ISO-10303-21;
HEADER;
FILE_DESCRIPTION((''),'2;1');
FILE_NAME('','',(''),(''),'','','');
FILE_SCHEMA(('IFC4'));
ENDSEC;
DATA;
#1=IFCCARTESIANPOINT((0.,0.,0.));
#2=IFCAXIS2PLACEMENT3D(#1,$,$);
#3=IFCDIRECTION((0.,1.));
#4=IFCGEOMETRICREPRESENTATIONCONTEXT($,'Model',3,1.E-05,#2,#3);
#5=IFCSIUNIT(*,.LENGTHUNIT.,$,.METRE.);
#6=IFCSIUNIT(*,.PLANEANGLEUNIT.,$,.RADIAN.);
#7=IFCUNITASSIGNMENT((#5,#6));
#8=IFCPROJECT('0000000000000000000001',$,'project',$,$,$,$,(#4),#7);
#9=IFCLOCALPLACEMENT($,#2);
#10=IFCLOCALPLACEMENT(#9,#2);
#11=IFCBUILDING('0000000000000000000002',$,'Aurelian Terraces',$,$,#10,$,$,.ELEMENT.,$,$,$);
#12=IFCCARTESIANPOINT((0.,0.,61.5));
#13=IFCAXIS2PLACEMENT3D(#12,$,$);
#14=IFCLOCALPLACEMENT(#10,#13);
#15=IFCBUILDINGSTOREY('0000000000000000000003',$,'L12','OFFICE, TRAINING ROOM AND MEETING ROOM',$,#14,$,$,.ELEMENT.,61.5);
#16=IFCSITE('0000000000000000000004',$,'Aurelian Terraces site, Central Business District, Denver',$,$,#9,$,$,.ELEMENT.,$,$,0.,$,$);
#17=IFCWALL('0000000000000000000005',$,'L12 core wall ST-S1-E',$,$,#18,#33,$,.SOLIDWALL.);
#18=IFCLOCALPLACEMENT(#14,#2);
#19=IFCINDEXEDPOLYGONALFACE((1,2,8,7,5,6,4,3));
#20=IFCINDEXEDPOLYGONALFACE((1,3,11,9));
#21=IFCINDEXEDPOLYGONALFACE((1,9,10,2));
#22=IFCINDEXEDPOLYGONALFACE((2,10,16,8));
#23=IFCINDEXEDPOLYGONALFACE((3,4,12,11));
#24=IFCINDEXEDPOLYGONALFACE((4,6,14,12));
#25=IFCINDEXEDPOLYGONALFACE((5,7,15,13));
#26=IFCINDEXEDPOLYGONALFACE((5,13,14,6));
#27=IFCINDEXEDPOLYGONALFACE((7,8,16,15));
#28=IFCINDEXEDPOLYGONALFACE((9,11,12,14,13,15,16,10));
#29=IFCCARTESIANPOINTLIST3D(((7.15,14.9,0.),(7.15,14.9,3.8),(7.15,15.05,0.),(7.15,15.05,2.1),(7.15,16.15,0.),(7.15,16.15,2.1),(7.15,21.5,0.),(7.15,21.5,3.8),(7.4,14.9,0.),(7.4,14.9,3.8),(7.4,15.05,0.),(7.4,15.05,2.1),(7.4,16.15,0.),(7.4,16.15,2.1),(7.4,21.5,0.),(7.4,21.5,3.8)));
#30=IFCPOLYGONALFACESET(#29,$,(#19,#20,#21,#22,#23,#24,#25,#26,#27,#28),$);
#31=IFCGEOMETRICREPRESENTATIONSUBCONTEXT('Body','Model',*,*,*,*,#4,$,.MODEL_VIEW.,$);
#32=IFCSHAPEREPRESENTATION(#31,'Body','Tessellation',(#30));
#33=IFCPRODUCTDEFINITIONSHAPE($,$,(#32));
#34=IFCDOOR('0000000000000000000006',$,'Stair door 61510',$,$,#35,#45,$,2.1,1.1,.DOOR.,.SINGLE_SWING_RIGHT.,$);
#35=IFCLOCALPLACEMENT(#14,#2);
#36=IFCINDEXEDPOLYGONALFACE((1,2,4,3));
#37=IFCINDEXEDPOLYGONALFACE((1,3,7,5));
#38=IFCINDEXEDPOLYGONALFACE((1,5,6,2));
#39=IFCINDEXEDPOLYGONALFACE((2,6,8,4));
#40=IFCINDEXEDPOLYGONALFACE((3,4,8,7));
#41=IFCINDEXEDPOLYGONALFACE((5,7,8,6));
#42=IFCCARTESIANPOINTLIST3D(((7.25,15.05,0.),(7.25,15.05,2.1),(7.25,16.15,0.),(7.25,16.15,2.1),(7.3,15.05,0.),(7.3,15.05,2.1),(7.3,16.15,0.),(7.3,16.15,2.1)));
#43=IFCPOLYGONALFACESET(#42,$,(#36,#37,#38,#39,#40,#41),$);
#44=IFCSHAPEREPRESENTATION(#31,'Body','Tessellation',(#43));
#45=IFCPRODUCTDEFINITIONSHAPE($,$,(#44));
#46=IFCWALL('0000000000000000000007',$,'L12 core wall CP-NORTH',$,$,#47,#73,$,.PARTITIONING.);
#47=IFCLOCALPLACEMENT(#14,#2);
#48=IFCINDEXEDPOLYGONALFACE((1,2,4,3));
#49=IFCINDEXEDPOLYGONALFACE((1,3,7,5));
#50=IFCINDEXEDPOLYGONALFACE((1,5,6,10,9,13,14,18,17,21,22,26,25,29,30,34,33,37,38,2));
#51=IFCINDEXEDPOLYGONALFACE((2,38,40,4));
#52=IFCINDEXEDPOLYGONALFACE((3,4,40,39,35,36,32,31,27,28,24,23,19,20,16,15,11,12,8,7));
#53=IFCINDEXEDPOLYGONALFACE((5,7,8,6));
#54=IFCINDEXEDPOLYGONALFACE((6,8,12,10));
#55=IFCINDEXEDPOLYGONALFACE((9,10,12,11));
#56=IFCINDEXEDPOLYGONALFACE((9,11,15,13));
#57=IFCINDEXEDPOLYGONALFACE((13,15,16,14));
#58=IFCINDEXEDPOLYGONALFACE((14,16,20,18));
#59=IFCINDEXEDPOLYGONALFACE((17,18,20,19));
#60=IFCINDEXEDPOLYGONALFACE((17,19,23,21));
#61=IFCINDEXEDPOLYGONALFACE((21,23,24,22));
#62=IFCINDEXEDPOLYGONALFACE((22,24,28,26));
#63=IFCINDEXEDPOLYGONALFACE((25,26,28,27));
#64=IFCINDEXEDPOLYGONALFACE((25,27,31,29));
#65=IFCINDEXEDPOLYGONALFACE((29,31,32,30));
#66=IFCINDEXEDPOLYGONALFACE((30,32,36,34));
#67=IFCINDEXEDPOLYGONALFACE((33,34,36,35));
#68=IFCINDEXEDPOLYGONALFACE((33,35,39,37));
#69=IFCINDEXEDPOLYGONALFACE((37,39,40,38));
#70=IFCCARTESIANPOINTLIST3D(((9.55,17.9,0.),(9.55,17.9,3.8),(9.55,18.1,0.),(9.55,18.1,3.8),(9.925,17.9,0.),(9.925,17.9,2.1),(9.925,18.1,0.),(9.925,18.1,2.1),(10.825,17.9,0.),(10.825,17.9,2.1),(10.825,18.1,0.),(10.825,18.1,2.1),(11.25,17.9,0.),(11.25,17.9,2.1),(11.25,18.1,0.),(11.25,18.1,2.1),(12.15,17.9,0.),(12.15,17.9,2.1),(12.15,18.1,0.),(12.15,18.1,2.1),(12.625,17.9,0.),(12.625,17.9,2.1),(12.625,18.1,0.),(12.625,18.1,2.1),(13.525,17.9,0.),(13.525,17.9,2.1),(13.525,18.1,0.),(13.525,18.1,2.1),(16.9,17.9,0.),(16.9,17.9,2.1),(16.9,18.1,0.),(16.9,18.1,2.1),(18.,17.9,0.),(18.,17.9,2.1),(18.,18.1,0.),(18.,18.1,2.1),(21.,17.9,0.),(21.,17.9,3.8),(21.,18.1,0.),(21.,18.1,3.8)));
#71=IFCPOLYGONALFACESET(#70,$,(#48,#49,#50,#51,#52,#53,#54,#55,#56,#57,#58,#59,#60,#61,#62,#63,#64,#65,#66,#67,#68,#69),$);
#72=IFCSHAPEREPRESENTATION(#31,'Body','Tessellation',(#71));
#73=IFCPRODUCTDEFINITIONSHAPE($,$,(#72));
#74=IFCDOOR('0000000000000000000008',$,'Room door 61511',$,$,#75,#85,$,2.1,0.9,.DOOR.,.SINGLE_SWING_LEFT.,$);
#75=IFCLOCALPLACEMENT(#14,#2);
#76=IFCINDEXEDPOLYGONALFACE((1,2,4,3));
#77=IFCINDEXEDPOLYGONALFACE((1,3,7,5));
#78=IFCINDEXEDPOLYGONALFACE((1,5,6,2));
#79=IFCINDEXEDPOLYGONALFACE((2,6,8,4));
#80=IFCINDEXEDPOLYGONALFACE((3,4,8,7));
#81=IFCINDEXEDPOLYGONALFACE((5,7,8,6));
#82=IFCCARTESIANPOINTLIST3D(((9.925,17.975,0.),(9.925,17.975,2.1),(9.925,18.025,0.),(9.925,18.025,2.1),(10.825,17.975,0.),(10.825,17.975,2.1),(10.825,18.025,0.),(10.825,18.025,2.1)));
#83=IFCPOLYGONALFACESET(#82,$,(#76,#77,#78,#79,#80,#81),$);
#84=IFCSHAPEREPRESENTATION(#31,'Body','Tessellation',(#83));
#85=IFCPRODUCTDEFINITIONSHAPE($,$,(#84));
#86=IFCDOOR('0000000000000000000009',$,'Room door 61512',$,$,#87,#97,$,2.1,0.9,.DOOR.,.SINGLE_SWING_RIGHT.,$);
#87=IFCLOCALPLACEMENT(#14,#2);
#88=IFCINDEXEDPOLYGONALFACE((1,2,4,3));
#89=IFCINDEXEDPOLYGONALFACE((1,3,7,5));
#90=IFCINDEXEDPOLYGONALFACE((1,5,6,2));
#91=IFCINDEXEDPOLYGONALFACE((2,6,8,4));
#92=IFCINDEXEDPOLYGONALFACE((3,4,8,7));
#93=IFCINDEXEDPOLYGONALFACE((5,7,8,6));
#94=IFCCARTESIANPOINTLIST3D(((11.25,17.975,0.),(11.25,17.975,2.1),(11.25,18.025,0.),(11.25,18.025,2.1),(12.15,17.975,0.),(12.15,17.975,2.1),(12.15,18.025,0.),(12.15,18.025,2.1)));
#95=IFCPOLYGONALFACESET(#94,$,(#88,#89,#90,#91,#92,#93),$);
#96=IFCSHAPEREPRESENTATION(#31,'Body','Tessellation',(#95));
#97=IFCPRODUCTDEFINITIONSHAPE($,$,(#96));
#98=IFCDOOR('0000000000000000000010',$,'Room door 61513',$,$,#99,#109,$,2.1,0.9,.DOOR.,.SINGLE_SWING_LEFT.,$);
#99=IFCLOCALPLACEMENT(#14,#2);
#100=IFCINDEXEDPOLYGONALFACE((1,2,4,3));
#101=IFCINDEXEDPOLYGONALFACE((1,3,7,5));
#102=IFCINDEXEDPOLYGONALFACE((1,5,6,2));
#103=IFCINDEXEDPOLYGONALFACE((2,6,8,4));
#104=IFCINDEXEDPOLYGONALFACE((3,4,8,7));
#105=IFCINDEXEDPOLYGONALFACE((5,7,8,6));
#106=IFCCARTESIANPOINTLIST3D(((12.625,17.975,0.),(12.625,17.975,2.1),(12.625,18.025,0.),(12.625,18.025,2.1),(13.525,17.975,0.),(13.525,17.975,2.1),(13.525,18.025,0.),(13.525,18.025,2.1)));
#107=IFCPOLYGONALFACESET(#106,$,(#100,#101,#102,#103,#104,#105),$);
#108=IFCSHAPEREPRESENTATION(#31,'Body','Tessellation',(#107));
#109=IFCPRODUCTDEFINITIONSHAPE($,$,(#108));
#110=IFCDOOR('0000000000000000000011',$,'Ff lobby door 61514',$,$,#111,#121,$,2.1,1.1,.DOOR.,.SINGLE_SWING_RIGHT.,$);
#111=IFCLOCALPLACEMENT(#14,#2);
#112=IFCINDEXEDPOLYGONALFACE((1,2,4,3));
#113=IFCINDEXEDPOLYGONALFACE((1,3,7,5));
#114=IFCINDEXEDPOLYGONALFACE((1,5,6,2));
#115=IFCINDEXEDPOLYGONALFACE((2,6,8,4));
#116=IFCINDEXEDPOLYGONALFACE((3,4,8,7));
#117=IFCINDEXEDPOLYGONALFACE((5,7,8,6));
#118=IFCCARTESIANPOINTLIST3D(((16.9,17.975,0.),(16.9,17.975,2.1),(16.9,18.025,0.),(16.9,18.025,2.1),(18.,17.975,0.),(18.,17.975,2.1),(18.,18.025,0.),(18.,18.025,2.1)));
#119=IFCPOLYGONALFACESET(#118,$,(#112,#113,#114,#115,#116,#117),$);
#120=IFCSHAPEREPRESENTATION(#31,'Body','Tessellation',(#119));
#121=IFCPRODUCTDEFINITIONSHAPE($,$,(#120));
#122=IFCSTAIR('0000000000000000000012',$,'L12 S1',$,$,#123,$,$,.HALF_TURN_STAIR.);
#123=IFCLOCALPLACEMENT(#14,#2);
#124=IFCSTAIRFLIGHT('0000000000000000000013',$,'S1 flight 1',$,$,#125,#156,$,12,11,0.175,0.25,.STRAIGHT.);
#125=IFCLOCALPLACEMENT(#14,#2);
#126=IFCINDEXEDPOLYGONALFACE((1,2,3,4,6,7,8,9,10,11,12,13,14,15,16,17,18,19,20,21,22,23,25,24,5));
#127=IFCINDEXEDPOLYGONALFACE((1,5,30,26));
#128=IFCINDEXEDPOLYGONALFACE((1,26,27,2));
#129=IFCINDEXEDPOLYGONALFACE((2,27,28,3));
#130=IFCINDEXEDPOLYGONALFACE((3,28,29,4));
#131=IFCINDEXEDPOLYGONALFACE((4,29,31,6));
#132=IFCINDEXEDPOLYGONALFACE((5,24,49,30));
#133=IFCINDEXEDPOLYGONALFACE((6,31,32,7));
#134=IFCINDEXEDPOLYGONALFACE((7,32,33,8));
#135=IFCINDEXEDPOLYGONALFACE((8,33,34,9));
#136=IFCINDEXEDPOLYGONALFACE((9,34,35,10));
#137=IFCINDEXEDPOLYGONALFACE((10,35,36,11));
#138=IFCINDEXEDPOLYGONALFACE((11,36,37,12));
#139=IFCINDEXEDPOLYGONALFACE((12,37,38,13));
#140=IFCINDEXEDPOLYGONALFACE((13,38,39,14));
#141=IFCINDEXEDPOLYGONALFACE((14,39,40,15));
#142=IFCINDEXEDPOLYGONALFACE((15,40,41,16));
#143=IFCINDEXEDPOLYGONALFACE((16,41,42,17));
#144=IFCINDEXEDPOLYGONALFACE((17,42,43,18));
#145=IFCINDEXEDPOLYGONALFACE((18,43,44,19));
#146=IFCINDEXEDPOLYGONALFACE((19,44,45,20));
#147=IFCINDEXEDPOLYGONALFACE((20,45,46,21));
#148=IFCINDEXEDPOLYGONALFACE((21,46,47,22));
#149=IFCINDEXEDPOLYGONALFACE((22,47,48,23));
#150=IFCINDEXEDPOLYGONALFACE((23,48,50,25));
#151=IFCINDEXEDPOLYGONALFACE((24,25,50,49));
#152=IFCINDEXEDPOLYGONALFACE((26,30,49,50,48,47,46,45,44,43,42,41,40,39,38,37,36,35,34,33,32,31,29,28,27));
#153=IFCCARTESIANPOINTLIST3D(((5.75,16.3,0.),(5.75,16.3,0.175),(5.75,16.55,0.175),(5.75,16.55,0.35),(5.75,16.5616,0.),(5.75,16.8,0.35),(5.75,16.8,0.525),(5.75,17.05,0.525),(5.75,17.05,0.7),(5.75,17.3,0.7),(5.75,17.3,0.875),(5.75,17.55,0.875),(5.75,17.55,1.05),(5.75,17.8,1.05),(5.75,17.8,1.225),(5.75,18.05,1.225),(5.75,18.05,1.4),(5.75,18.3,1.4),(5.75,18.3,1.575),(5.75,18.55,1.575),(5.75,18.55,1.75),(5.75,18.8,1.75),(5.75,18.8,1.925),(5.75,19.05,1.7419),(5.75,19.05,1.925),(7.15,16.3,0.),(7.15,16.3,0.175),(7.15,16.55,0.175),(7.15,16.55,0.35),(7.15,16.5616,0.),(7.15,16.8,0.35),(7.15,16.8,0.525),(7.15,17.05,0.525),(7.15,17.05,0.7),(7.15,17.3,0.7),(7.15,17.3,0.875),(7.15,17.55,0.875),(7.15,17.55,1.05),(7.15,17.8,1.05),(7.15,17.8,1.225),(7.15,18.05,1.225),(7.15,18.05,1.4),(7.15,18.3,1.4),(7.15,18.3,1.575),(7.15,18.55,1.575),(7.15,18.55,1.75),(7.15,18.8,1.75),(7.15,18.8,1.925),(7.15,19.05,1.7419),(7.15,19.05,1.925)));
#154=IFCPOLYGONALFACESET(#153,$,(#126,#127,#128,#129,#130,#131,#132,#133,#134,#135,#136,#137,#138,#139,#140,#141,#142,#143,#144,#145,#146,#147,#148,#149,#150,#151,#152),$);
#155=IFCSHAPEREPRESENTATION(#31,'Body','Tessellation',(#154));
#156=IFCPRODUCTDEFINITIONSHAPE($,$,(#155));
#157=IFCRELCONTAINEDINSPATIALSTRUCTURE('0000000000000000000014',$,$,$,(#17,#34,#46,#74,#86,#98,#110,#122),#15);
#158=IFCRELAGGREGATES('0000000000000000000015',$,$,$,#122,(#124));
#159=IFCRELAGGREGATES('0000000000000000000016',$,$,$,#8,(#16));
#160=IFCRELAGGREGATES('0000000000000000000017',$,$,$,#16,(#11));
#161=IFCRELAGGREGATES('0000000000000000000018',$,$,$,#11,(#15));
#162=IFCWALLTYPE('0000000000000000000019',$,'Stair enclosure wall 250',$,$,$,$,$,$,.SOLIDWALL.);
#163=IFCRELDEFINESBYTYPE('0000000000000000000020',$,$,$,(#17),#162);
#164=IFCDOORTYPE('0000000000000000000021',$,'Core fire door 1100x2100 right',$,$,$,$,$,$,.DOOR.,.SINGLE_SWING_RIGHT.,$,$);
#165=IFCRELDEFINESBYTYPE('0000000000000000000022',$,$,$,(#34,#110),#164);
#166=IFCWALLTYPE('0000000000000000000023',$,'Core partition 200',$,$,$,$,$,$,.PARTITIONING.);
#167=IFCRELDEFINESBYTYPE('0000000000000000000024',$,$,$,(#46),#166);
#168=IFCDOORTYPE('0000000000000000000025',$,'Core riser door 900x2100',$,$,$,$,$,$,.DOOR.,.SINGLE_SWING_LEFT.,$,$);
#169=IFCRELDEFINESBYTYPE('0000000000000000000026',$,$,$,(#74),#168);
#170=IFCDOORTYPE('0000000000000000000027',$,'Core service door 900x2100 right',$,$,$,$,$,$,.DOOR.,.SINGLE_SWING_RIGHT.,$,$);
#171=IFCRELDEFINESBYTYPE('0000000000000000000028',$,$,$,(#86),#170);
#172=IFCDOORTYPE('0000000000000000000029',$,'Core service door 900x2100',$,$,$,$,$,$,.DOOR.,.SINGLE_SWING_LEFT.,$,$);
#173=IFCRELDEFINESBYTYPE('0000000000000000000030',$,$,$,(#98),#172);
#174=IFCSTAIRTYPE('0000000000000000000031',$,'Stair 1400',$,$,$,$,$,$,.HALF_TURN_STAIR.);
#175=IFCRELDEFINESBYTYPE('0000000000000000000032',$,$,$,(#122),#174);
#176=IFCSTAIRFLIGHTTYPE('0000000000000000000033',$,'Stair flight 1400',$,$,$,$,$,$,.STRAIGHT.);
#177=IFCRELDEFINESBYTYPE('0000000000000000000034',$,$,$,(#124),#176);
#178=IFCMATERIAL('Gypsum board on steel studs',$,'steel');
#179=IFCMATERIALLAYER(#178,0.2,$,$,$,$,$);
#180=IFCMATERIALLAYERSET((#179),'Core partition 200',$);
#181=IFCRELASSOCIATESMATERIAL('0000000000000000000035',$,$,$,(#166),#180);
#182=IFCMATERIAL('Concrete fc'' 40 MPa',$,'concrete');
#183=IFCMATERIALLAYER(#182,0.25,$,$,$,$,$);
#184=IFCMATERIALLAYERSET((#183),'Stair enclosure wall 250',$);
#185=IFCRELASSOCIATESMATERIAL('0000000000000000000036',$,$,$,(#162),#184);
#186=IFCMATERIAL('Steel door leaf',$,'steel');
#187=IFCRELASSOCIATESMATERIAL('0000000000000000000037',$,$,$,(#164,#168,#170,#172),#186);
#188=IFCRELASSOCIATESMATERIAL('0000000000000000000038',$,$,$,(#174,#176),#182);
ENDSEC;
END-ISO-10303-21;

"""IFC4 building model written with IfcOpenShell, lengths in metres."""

from ifc_helpers import new_model, si_unit, direction, frame, frame_2d, origin, place, context, subcontext, project, spatial, polyline, rectangle, outline, extrude, source, transform, mapped, material, layer, layer_set, type_object, element, fill, aggregate, save


model = new_model("IFC4")

# Units and contexts
model_context = context("Model", 3, precision=1e-05, world=origin(), true_north=direction((0.0, 1.0)))
body_context = subcontext(model_context, "Body", "Model", "MODEL_VIEW")
ifc_project = project(units=[si_unit("LENGTHUNIT", "METRE"), si_unit("PLANEANGLEUNIT", "RADIAN")], contexts=[model_context])

# Site, building, storey
site_placement = place(None, origin())
site = spatial("IfcSite", under=ifc_project, at=site_placement, Name="Aurelian Terraces site, Central Business District, Denver", CompositionType="ELEMENT", RefElevation=0.0)
building_placement = place(site_placement, origin())
building = spatial("IfcBuilding", under=site, at=building_placement, Name="Aurelian Terraces", CompositionType="ELEMENT")
storey_placement = place(building_placement, frame((0.0, 0.0, 61.5)))
storey = spatial("IfcBuildingStorey", under=building, at=storey_placement, Name="L12", Description="OFFICE, TRAINING ROOM AND MEETING ROOM", CompositionType="ELEMENT", Elevation=61.5)

# Shared definitions
ifc_material_1 = material(Name="Concrete fc' 40 MPa", Category="concrete")

# Shared definitions
shared_shape_1 = source(origin(), body_context, "Body", "SweptSolid", [
    extrude(rectangle(XDim=1.1, YDim=2.1, at=frame_2d((0.55, 1.05))), frame((0.0, 0.11, 0.0), z_axis=(0.0, -1.0, 0.0), x_axis=(1.0, 0.0, 0.0)), (0.0, 0.0, 1.0), 0.22),
])
shared_shape_2 = source(origin(), body_context, "Body", "SweptSolid", [
    extrude(rectangle(XDim=1.1, YDim=2.1, at=frame_2d((0.55, 1.05))), frame((0.0, 0.025, 0.0), z_axis=(0.0, -1.0, 0.0), x_axis=(1.0, 0.0, 0.0)), (0.0, 0.0, 1.0), 0.05),
])

# Shared definitions
ifc_material_2 = material(Name="Gypsum board on steel studs", Category="steel")
ifc_layer_1 = layer(ifc_material_2, 0.2)
ifc_layer_set_1 = layer_set([ifc_layer_1], Name="Core partition 200")
wall_type_1 = type_object("IfcWallType", Name="Core partition 200", PredefinedType="PARTITIONING", material=ifc_layer_set_1)

# Wall, opening, door
ifc_layer_2 = layer(ifc_material_1, 0.25)
ifc_layer_set_2 = layer_set([ifc_layer_2], Name="Stair enclosure wall 250")
wall_type_2 = type_object("IfcWallType", Name="Stair enclosure wall 250", PredefinedType="SOLIDWALL", material=ifc_layer_set_2)
shared_shape_3 = source(origin(), body_context, "Body", "SweptSolid", [
    extrude(rectangle(XDim=6.6, YDim=0.25, at=frame_2d((3.3, 0.0))), origin(), (0.0, 0.0, 1.0), 3.8),
])
wall_1_placement = place(storey_placement, frame((7.275, 14.9, 0.0), z_axis=(0.0, 0.0, 1.0), x_axis=(0.0, 1.0, 0.0)))
wall_1 = element("IfcWall", 1, at=wall_1_placement, inside=storey, type_object=wall_type_2, Name="L12 core wall ST-S1-E", PredefinedType="SOLIDWALL", context=body_context, shape_type="MappedRepresentation", body=[
    mapped(shared_shape_3, transform((0.0, 0.0, 0.0), scale=1.0)),
])
shared_shape_4 = source(origin(), body_context, "Body", "SweptSolid", [
    extrude(rectangle(XDim=1.1, YDim=2.1, at=frame_2d((0.55, 1.05))), frame((0.0, 0.135, 0.0), z_axis=(0.0, -1.0, 0.0), x_axis=(1.0, 0.0, 0.0)), (0.0, 0.0, 1.0), 0.27),
])
opening_1_placement = place(wall_1_placement, frame((0.15, 0.0, 0.0)))
opening_1 = element("IfcOpeningElement", 2, at=opening_1_placement, cuts=wall_1, PredefinedType="OPENING", context=body_context, shape_type="MappedRepresentation", body=[
    mapped(shared_shape_4, transform((0.0, 0.0, 0.0), scale=1.0)),
])
ifc_material_3 = material(Name="Steel door leaf", Category="steel")
door_type_1 = type_object("IfcDoorType", Name="Core fire door 1100x2100 right", OperationType="SINGLE_SWING_RIGHT", PredefinedType="DOOR", material=ifc_material_3)
door_1_placement = place(opening_1_placement, origin())
door_1 = element("IfcDoor", 3, at=door_1_placement, inside=storey, type_object=door_type_1, Name="Stair door 61510", OperationType="SINGLE_SWING_RIGHT", OverallHeight=2.1, OverallWidth=1.1, PredefinedType="DOOR", context=body_context, shape_type="MappedRepresentation", body=[
    mapped(shared_shape_2, transform((0.0, 0.0, 0.0), scale=1.0)),
])
fill(opening_1, door_1)

# Wall, openings, doors
shared_shape_5 = source(origin(), body_context, "Body", "SweptSolid", [
    extrude(rectangle(XDim=11.45, YDim=0.2, at=frame_2d((5.725, 0.0))), origin(), (0.0, 0.0, 1.0), 3.8),
])
wall_2_placement = place(storey_placement, frame((9.55, 18.0, 0.0), z_axis=(0.0, 0.0, 1.0), x_axis=(1.0, 0.0, 0.0)))
wall_2 = element("IfcWall", 4, at=wall_2_placement, inside=storey, type_object=wall_type_1, Name="L12 core wall CP-NORTH", PredefinedType="PARTITIONING", context=body_context, shape_type="MappedRepresentation", body=[
    mapped(shared_shape_5, transform((0.0, 0.0, 0.0), scale=1.0)),
])
shared_shape_6 = source(origin(), body_context, "Body", "SweptSolid", [
    extrude(rectangle(XDim=0.9, YDim=2.1, at=frame_2d((0.45, 1.05))), frame((0.0, 0.11, 0.0), z_axis=(0.0, -1.0, 0.0), x_axis=(1.0, 0.0, 0.0)), (0.0, 0.0, 1.0), 0.22),
])
opening_2_placement = place(wall_2_placement, frame((0.375, 0.0, 0.0)))
opening_2 = element("IfcOpeningElement", 5, at=opening_2_placement, cuts=wall_2, PredefinedType="OPENING", context=body_context, shape_type="MappedRepresentation", body=[
    mapped(shared_shape_6, transform((0.0, 0.0, 0.0), scale=1.0)),
])
opening_3_placement = place(wall_2_placement, frame((1.7, 0.0, 0.0)))
opening_3 = element("IfcOpeningElement", 6, at=opening_3_placement, cuts=wall_2, PredefinedType="OPENING", context=body_context, shape_type="MappedRepresentation", body=[
    mapped(shared_shape_6, transform((0.0, 0.0, 0.0), scale=1.0)),
])
opening_4_placement = place(wall_2_placement, frame((3.075, 0.0, 0.0)))
opening_4 = element("IfcOpeningElement", 7, at=opening_4_placement, cuts=wall_2, PredefinedType="OPENING", context=body_context, shape_type="MappedRepresentation", body=[
    mapped(shared_shape_6, transform((0.0, 0.0, 0.0), scale=1.0)),
])
opening_5_placement = place(wall_2_placement, frame((7.35, 0.0, 0.0)))
opening_5 = element("IfcOpeningElement", 8, at=opening_5_placement, cuts=wall_2, PredefinedType="OPENING", context=body_context, shape_type="MappedRepresentation", body=[
    mapped(shared_shape_1, transform((0.0, 0.0, 0.0), scale=1.0)),
])
door_type_2 = type_object("IfcDoorType", Name="Core riser door 900x2100", OperationType="SINGLE_SWING_LEFT", PredefinedType="DOOR", material=ifc_material_3)
shared_shape_7 = source(origin(), body_context, "Body", "SweptSolid", [
    extrude(rectangle(XDim=0.9, YDim=2.1, at=frame_2d((0.45, 1.05))), frame((0.0, 0.025, 0.0), z_axis=(0.0, -1.0, 0.0), x_axis=(1.0, 0.0, 0.0)), (0.0, 0.0, 1.0), 0.05),
])
door_2_placement = place(opening_2_placement, origin())
door_2 = element("IfcDoor", 9, at=door_2_placement, inside=storey, type_object=door_type_2, Name="Room door 61511", OperationType="SINGLE_SWING_LEFT", OverallHeight=2.1, OverallWidth=0.9, PredefinedType="DOOR", context=body_context, shape_type="MappedRepresentation", body=[
    mapped(shared_shape_7, transform((0.0, 0.0, 0.0), scale=1.0)),
])
fill(opening_2, door_2)
door_type_3 = type_object("IfcDoorType", Name="Core service door 900x2100 right", OperationType="SINGLE_SWING_RIGHT", PredefinedType="DOOR", material=ifc_material_3)
door_3_placement = place(opening_3_placement, origin())
door_3 = element("IfcDoor", 10, at=door_3_placement, inside=storey, type_object=door_type_3, Name="Room door 61512", OperationType="SINGLE_SWING_RIGHT", OverallHeight=2.1, OverallWidth=0.9, PredefinedType="DOOR", context=body_context, shape_type="MappedRepresentation", body=[
    mapped(shared_shape_7, transform((0.0, 0.0, 0.0), scale=1.0)),
])
fill(opening_3, door_3)
door_type_4 = type_object("IfcDoorType", Name="Core service door 900x2100", OperationType="SINGLE_SWING_LEFT", PredefinedType="DOOR", material=ifc_material_3)
door_4_placement = place(opening_4_placement, origin())
door_4 = element("IfcDoor", 11, at=door_4_placement, inside=storey, type_object=door_type_4, Name="Room door 61513", OperationType="SINGLE_SWING_LEFT", OverallHeight=2.1, OverallWidth=0.9, PredefinedType="DOOR", context=body_context, shape_type="MappedRepresentation", body=[
    mapped(shared_shape_7, transform((0.0, 0.0, 0.0), scale=1.0)),
])
fill(opening_4, door_4)
door_5_placement = place(opening_5_placement, origin())
door_5 = element("IfcDoor", 12, at=door_5_placement, inside=storey, type_object=door_type_1, Name="Ff lobby door 61514", OperationType="SINGLE_SWING_RIGHT", OverallHeight=2.1, OverallWidth=1.1, PredefinedType="DOOR", context=body_context, shape_type="MappedRepresentation", body=[
    mapped(shared_shape_2, transform((0.0, 0.0, 0.0), scale=1.0)),
])
fill(opening_5, door_5)

# Stair, stair flight
stair_type = type_object("IfcStairType", Name="Stair 1400", PredefinedType="HALF_TURN_STAIR", material=ifc_material_1)
stair_placement = place(storey_placement, origin())
stair = element("IfcStair", 13, at=stair_placement, inside=storey, type_object=stair_type, Name="L12 S1", PredefinedType="HALF_TURN_STAIR")
stair_flight_type = type_object("IfcStairFlightType", Name="Stair flight 1400", PredefinedType="STRAIGHT", material=ifc_material_1)
shared_shape_8 = source(origin(), body_context, "Body", "SweptSolid", [
    extrude(outline(polyline([(0.0, 0.0), (0.0, 0.175), (0.25, 0.175), (0.25, 0.35), (0.5, 0.35), (0.5, 0.525), (0.75, 0.525), (0.75, 0.7), (1.0, 0.7), (1.0, 0.875), (1.25, 0.875), (1.25, 1.05), (1.5, 1.05), (1.5, 1.225), (1.75, 1.225), (1.75, 1.4), (2.0, 1.4), (2.0, 1.575), (2.25, 1.575), (2.25, 1.75), (2.5, 1.75), (2.5, 1.925), (2.75, 1.925), (2.75, 2.1), (2.75, 1.7419), (0.2616, 0.0), (0.0, 0.0)])), frame((0.0, 0.7, 0.0), z_axis=(0.0, -1.0, 0.0), x_axis=(1.0, 0.0, 0.0)), (0.0, 0.0, 1.0), 1.4),
])
stair_flight_1_placement = place(storey_placement, frame((6.45, 16.3, 0.0), z_axis=(0.0, 0.0, 1.0), x_axis=(0.0, 1.0, 0.0)))
stair_flight_1 = element("IfcStairFlight", 14, at=stair_flight_1_placement, type_object=stair_flight_type, Name="S1 flight 1", NumberOfRisers=12, NumberOfTreads=11, PredefinedType="STRAIGHT", RiserHeight=0.175, TreadLength=0.25, context=body_context, shape_type="MappedRepresentation", body=[
    mapped(shared_shape_8, transform((0.0, 0.0, 0.0), scale=1.0)),
])
aggregate(stair, [stair_flight_1])

save(model, "model.ifc")
